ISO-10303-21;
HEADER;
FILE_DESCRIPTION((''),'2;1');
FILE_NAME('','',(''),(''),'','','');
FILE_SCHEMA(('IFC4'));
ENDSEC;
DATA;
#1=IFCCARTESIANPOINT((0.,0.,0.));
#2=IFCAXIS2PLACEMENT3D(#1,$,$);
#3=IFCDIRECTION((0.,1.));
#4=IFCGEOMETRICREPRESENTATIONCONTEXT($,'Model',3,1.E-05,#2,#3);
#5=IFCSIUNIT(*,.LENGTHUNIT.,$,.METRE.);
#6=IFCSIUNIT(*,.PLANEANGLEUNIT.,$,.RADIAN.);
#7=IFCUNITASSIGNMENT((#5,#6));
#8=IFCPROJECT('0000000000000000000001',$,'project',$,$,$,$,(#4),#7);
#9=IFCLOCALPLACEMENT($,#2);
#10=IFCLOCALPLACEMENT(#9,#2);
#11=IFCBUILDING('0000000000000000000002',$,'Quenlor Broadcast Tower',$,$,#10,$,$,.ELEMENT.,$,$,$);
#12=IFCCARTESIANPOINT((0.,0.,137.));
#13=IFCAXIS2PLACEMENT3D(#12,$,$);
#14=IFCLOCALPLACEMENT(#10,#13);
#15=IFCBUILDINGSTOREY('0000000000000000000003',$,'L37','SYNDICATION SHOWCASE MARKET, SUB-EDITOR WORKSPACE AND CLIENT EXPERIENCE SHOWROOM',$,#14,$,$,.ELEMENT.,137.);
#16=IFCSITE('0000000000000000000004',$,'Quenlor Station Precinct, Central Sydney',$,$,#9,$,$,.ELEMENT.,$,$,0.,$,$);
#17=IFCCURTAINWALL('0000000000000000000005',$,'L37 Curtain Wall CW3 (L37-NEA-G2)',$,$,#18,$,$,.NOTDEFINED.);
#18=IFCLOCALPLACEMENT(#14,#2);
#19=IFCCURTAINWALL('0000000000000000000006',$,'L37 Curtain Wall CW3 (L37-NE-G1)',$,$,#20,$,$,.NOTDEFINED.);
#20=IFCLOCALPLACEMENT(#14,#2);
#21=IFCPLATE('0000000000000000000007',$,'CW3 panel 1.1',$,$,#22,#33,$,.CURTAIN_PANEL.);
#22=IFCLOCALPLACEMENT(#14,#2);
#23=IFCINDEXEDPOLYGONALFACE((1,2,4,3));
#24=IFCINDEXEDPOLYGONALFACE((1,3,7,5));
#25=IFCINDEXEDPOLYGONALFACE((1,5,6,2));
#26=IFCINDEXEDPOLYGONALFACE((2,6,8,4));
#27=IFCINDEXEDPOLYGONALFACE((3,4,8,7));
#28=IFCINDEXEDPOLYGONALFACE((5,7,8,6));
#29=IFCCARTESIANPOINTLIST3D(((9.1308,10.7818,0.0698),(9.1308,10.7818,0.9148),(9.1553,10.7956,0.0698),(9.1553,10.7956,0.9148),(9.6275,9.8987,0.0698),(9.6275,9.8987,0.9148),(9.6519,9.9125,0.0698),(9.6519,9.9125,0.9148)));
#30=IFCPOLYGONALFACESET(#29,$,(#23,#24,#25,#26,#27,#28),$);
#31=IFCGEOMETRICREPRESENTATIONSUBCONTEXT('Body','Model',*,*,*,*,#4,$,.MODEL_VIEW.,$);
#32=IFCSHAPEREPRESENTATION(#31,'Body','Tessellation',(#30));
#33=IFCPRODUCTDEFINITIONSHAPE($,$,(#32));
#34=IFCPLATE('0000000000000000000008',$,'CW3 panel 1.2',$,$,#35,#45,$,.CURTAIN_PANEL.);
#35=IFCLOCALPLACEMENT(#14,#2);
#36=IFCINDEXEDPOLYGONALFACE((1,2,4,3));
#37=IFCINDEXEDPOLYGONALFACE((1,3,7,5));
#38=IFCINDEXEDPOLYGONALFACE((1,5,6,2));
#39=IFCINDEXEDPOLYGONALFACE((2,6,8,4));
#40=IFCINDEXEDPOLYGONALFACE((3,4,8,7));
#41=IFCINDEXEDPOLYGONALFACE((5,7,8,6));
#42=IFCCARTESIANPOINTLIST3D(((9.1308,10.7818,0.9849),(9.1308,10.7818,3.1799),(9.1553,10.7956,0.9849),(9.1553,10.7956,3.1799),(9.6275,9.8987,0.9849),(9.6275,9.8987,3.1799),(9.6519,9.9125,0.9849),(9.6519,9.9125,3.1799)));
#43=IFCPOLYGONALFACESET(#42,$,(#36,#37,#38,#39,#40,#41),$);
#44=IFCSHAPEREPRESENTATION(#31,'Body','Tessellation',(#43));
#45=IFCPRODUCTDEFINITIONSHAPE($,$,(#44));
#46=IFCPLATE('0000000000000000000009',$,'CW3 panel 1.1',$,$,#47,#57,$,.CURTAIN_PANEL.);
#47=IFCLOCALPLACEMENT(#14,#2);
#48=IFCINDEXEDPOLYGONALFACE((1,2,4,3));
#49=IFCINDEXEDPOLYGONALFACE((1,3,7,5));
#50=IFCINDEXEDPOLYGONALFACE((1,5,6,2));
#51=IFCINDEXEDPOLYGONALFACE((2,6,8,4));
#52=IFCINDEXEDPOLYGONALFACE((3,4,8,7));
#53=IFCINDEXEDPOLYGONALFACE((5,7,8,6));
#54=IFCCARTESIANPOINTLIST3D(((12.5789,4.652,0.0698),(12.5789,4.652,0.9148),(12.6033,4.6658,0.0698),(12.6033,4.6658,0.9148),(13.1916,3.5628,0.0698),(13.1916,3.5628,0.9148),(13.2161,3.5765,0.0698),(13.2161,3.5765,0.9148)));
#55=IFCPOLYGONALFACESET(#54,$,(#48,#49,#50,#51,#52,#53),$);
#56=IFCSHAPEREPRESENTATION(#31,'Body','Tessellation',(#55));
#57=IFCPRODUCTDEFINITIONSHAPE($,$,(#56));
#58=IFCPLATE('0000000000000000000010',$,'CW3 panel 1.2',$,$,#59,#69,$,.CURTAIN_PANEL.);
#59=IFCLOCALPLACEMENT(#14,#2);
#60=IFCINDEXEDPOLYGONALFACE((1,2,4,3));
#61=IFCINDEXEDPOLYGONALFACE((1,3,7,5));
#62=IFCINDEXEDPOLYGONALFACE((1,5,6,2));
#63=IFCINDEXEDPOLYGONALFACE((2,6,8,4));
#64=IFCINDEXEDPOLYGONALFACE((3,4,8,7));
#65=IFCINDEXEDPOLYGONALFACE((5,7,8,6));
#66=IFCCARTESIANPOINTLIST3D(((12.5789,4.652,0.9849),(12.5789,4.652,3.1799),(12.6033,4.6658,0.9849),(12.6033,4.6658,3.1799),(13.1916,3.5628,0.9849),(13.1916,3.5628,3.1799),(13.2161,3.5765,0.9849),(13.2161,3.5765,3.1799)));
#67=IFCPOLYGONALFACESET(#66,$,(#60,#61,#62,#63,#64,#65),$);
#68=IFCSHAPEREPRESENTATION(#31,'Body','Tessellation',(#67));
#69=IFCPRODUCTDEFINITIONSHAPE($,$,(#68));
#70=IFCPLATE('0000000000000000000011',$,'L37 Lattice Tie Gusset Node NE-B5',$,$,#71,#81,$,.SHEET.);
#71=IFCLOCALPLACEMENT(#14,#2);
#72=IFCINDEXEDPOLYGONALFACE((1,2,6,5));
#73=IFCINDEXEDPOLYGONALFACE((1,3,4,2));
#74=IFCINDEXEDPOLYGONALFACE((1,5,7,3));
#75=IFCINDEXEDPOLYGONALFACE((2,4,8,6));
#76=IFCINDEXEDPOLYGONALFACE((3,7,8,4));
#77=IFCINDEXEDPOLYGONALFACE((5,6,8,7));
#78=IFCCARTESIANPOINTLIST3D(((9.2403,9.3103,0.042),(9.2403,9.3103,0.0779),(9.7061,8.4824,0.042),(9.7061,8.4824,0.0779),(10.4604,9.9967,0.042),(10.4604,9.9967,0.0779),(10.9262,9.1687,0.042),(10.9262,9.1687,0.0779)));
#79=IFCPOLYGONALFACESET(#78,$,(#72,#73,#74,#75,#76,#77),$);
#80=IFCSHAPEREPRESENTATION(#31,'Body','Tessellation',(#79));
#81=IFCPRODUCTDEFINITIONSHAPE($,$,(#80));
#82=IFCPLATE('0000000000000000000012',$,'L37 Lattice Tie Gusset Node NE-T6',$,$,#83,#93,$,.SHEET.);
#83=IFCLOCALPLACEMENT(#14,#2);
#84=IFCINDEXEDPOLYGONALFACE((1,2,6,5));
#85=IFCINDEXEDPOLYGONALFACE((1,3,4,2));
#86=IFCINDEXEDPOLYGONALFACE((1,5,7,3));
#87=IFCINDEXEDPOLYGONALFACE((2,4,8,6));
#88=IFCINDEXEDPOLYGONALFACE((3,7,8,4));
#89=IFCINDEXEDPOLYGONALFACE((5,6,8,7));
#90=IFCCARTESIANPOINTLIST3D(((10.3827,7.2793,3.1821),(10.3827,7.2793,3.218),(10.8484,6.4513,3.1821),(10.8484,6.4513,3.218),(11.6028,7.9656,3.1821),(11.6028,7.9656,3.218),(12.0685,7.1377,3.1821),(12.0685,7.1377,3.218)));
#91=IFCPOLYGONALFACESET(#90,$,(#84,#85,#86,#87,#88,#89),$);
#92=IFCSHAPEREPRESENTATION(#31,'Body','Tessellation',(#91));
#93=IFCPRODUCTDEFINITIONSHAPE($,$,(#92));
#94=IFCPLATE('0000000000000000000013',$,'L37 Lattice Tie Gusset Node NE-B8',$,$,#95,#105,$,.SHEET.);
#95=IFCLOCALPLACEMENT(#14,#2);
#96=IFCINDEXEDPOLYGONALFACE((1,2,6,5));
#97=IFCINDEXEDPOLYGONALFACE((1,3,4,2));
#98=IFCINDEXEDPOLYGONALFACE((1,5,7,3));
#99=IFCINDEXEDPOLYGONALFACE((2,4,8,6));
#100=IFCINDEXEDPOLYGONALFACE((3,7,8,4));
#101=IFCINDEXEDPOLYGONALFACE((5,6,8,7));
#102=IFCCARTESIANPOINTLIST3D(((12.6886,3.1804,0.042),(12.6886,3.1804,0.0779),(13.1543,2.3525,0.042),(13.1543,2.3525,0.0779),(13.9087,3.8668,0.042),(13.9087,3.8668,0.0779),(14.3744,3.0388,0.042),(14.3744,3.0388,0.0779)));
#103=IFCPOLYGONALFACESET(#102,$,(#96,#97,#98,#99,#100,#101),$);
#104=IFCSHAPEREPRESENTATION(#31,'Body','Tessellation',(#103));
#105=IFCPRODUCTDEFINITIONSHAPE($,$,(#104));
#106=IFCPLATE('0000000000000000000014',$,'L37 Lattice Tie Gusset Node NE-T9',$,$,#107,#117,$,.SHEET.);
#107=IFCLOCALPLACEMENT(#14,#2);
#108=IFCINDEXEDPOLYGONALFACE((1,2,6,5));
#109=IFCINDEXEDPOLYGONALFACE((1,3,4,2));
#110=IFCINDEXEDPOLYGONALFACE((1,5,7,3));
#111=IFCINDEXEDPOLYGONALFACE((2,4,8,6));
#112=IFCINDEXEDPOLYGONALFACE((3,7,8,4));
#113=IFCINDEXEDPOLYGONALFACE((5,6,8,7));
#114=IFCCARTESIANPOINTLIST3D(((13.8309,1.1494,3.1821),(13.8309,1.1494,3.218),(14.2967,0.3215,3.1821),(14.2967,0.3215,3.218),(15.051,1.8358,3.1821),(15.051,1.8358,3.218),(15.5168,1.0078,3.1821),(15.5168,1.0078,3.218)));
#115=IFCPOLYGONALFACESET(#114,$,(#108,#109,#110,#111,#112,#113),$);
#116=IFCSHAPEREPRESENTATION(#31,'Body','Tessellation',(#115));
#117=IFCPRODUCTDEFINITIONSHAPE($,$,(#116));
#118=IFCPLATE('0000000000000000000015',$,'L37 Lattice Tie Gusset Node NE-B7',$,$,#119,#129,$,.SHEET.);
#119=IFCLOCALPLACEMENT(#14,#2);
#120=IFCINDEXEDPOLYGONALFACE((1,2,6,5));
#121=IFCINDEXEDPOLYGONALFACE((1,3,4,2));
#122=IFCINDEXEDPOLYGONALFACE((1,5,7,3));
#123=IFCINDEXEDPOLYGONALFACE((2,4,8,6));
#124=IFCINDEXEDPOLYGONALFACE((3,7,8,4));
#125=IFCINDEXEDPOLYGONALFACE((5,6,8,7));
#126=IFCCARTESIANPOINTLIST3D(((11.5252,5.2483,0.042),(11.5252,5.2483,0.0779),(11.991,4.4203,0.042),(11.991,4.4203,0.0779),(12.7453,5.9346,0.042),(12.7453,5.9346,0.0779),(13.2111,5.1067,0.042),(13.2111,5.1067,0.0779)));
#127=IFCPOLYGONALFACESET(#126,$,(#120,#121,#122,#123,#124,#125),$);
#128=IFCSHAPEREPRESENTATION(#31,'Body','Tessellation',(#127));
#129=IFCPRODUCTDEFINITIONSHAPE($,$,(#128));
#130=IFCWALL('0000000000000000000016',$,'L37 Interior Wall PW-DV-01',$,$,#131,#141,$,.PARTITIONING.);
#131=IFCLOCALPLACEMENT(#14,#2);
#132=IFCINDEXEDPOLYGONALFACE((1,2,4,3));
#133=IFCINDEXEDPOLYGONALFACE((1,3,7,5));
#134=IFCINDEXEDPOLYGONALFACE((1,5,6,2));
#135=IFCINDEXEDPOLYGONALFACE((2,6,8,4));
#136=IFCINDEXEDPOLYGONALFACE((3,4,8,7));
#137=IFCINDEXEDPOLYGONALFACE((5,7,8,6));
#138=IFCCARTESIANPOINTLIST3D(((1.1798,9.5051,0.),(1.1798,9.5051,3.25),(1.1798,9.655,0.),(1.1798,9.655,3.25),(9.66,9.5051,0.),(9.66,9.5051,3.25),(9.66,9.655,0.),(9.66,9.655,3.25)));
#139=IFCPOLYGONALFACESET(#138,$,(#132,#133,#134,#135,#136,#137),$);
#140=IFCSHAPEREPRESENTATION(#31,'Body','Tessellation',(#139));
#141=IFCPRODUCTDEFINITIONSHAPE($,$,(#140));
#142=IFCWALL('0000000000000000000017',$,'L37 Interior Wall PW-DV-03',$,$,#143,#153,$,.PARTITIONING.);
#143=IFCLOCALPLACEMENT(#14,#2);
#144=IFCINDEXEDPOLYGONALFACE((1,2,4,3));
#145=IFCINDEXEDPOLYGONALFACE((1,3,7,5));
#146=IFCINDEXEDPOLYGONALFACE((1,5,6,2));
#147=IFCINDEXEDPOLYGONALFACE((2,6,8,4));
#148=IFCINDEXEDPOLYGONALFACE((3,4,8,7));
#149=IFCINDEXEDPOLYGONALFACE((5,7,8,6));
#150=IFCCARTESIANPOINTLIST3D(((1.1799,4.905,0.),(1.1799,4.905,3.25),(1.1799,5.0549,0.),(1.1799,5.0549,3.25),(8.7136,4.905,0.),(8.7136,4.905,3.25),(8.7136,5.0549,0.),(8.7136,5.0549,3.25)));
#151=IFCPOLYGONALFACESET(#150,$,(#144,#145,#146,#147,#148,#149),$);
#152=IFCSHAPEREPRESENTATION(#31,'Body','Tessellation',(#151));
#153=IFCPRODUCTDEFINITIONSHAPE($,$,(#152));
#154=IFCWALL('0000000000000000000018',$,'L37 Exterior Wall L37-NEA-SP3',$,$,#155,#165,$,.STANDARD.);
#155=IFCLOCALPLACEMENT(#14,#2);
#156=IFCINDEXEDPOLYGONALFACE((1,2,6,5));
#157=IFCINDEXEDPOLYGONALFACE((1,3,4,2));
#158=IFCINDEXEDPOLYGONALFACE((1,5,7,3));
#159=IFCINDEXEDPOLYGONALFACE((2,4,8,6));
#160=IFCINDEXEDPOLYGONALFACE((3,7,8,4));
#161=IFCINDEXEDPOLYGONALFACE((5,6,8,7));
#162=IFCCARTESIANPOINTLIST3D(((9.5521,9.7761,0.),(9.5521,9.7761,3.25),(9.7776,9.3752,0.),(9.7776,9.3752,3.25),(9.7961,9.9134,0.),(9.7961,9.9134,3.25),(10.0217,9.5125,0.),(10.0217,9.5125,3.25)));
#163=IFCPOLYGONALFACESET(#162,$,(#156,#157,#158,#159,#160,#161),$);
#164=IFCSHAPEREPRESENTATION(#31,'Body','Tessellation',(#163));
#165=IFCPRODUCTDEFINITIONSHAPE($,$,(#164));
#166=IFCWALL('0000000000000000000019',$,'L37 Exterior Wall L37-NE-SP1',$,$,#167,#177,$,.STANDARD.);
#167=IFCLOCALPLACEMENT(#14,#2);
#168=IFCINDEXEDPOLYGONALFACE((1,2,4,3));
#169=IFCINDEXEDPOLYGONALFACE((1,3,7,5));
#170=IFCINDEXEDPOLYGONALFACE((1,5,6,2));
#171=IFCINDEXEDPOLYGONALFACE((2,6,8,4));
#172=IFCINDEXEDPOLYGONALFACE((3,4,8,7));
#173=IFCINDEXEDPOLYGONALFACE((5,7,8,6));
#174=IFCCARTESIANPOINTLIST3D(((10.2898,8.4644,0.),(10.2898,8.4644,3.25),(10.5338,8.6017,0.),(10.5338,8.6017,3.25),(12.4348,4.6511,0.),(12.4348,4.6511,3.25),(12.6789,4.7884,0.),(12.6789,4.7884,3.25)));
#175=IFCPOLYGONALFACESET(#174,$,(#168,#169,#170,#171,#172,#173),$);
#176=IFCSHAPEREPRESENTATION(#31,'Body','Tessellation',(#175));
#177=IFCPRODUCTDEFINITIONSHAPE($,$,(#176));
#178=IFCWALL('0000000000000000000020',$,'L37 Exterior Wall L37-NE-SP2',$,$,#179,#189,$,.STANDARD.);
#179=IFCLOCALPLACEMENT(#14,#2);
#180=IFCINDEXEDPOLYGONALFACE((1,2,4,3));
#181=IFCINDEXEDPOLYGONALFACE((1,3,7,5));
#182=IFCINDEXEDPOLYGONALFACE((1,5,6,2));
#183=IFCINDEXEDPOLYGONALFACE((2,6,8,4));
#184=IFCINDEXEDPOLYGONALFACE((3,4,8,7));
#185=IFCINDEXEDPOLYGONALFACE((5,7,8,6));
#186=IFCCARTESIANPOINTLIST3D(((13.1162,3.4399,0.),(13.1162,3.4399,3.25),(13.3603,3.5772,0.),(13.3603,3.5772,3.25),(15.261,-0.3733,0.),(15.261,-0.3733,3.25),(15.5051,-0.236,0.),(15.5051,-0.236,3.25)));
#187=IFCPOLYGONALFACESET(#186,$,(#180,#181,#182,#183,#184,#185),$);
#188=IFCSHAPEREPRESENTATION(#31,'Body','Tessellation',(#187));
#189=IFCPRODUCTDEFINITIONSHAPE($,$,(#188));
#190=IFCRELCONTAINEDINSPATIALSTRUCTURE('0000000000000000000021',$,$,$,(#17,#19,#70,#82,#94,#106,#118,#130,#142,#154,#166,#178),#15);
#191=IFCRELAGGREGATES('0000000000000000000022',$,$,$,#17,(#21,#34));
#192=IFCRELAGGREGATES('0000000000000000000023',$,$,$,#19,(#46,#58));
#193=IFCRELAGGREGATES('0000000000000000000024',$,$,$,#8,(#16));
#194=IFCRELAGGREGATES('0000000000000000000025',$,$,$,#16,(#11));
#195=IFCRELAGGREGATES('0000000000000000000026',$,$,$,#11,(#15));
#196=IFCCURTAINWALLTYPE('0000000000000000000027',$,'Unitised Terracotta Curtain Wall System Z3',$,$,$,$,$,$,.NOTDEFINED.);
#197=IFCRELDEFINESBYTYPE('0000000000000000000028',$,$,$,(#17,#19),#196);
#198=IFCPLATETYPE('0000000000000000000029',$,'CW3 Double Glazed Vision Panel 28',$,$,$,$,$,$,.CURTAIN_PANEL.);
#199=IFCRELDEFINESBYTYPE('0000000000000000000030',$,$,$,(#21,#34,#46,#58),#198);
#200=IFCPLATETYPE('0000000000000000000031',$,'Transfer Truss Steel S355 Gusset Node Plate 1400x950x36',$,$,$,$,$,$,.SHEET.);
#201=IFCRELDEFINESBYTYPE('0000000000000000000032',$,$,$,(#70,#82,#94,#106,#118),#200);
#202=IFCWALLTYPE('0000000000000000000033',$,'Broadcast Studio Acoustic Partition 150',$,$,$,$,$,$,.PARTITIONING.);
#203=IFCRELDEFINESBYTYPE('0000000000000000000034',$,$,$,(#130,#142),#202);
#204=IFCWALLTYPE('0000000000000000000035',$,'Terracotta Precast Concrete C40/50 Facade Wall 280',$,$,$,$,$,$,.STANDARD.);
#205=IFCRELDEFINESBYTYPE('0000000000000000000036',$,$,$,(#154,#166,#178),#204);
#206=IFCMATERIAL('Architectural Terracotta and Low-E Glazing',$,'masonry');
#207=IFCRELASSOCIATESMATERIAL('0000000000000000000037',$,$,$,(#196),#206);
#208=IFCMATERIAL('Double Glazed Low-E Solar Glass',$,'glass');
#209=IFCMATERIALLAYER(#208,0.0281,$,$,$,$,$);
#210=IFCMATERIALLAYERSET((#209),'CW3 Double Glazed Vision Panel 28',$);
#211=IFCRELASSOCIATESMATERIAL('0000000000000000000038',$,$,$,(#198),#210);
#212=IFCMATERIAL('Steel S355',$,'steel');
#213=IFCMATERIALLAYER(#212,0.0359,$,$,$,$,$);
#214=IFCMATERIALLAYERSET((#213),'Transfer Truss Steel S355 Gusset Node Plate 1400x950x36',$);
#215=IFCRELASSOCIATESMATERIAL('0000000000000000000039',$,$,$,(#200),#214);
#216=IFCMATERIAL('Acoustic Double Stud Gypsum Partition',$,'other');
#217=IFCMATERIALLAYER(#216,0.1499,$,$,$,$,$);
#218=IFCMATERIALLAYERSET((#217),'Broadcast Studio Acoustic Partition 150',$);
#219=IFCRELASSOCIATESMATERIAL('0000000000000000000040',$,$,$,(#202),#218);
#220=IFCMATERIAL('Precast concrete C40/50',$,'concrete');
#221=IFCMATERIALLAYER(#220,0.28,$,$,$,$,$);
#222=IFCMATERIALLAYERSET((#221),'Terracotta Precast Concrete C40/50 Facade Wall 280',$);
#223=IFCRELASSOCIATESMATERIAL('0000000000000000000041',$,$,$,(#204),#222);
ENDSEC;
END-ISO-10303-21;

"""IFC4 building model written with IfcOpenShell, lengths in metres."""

from ifc_helpers import new_model, si_unit, direction, frame, frame_2d, origin, origin_2d, place, context, subcontext, project, spatial, rectangle, extrude, material, layer, layer_set, type_object, element, aggregate, save


model = new_model("IFC4")

# Units and contexts
model_context = context("Model", 3, precision=1e-05, world=origin(), true_north=direction((0.0, 1.0)))
body_context = subcontext(model_context, "Body", "Model", "MODEL_VIEW")
ifc_project = project(units=[si_unit("LENGTHUNIT", "METRE"), si_unit("PLANEANGLEUNIT", "RADIAN")], contexts=[model_context])

# Site, building, storey
site_placement = place(None, origin())
site = spatial("IfcSite", under=ifc_project, at=site_placement, Name="Quenlor Station Precinct, Central Sydney", CompositionType="ELEMENT", RefElevation=0.0)
building_placement = place(site_placement, origin())
building = spatial("IfcBuilding", under=site, at=building_placement, Name="Quenlor Broadcast Tower", CompositionType="ELEMENT")
storey_placement = place(building_placement, frame((0.0, 0.0, 137.0)))
storey = spatial("IfcBuildingStorey", under=building, at=storey_placement, Name="L37", Description="SYNDICATION SHOWCASE MARKET, SUB-EDITOR WORKSPACE AND CLIENT EXPERIENCE SHOWROOM", CompositionType="ELEMENT", Elevation=137.0)

# Curtain wall
ifc_material_1 = material(Name="Architectural Terracotta and Low-E Glazing", Category="masonry")
curtain_wall_type = type_object("IfcCurtainWallType", Name="Unitised Terracotta Curtain Wall System Z3", PredefinedType="NOTDEFINED", material=ifc_material_1)
curtain_wall_1_placement = place(storey_placement, origin())
curtain_wall_1 = element("IfcCurtainWall", 1, at=curtain_wall_1_placement, inside=storey, type_object=curtain_wall_type, Name="L37 Curtain Wall CW3 (L37-NEA-G2)", PredefinedType="NOTDEFINED")

# Curtain wall
curtain_wall_2_placement = place(storey_placement, origin())
curtain_wall_2 = element("IfcCurtainWall", 2, at=curtain_wall_2_placement, inside=storey, type_object=curtain_wall_type, Name="L37 Curtain Wall CW3 (L37-NE-G1)", PredefinedType="NOTDEFINED")

# Plates
ifc_material_2 = material(Name="Double Glazed Low-E Solar Glass", Category="glass")
ifc_layer_1 = layer(ifc_material_2, 0.0281)
ifc_layer_set_1 = layer_set([ifc_layer_1], Name="CW3 Double Glazed Vision Panel 28")
plate_type_1 = type_object("IfcPlateType", Name="CW3 Double Glazed Vision Panel 28", PredefinedType="CURTAIN_PANEL", material=ifc_layer_set_1)
plate_1_placement = place(storey_placement, frame((9.3914, 10.3472, 0.0698), z_axis=(0.0, 0.0, 1.0), x_axis=(0.490216, -0.871601, 0.0)))
plate_1 = element("IfcPlate", 3, at=plate_1_placement, type_object=plate_type_1, Name="CW3 panel 1.1", PredefinedType="CURTAIN_PANEL", context=body_context, shape_type="SweptSolid", body=[
    extrude(rectangle(XDim=1.0132, YDim=0.0281, at=origin_2d()), origin(), (0.0, 0.0, 1.0), 0.845),
])
plate_2_placement = place(storey_placement, frame((9.3914, 10.3472, 0.9849), z_axis=(0.0, 0.0, 1.0), x_axis=(0.490216, -0.871601, 0.0)))
plate_2 = element("IfcPlate", 4, at=plate_2_placement, type_object=plate_type_1, Name="CW3 panel 1.2", PredefinedType="CURTAIN_PANEL", context=body_context, shape_type="SweptSolid", body=[
    extrude(rectangle(XDim=1.0132, YDim=0.0281, at=origin_2d()), origin(), (0.0, 0.0, 1.0), 2.1951),
])
aggregate(curtain_wall_1, [plate_1, plate_2])
plate_3_placement = place(storey_placement, frame((12.8975, 4.1143, 0.0698), z_axis=(0.0, 0.0, 1.0), x_axis=(0.490285, -0.871562, 0.0)))
plate_3 = element("IfcPlate", 5, at=plate_3_placement, type_object=plate_type_1, Name="CW3 panel 1.1", PredefinedType="CURTAIN_PANEL", context=body_context, shape_type="SweptSolid", body=[
    extrude(rectangle(XDim=1.2498, YDim=0.0281, at=origin_2d()), origin(), (0.0, 0.0, 1.0), 0.845),
])
plate_4_placement = place(storey_placement, frame((12.8975, 4.1143, 0.9849), z_axis=(0.0, 0.0, 1.0), x_axis=(0.490285, -0.871562, 0.0)))
plate_4 = element("IfcPlate", 6, at=plate_4_placement, type_object=plate_type_1, Name="CW3 panel 1.2", PredefinedType="CURTAIN_PANEL", context=body_context, shape_type="SweptSolid", body=[
    extrude(rectangle(XDim=1.2498, YDim=0.0281, at=origin_2d()), origin(), (0.0, 0.0, 1.0), 2.1951),
])
aggregate(curtain_wall_2, [plate_3, plate_4])

# Plates
ifc_material_3 = material(Name="Steel S355", Category="steel")
ifc_layer_2 = layer(ifc_material_3, 0.0359)
ifc_layer_set_2 = layer_set([ifc_layer_2], Name="Transfer Truss Steel S355 Gusset Node Plate 1400x950x36")
plate_type_2 = type_object("IfcPlateType", Name="Transfer Truss Steel S355 Gusset Node Plate 1400x950x36", PredefinedType="SHEET", material=ifc_layer_set_2)
for number, where, z_axis, x_axis, name in (
    (7, (10.0833, 9.2395, 0.042), (0.0, 0.0, 1.0), (0.871556, 0.490295, 0.0), "L37 Lattice Tie Gusset Node NE-B5"),
    (8, (11.2256, 7.2085, 3.1821), (0.0, 0.0, 1.0), (0.871556, 0.490295, 0.0), "L37 Lattice Tie Gusset Node NE-T6"),
    (9, (13.5315, 3.1096, 0.042), (0.0, 0.0, 1.0), (0.871556, 0.490295, 0.0), "L37 Lattice Tie Gusset Node NE-B8"),
    (10, (14.6738, 1.0786, 3.1821), (0.0, 0.0, 1.0), (0.871556, 0.490295, 0.0), "L37 Lattice Tie Gusset Node NE-T9"),
    (11, (12.3682, 5.1775, 0.042), (0.0, 0.0, 1.0), (0.871556, 0.490295, 0.0), "L37 Lattice Tie Gusset Node NE-B7"),
):
    element("IfcPlate", number, at=place(storey_placement, frame(where, z_axis=z_axis, x_axis=x_axis)), inside=storey, type_object=plate_type_2, Name=name, PredefinedType="SHEET", context=body_context, shape_type="SweptSolid", body=[
        extrude(rectangle(XDim=1.3999, YDim=0.95, at=origin_2d()), origin(), (0.0, 0.0, 1.0), 0.0359),
    ])

# Walls
ifc_material_4 = material(Name="Acoustic Double Stud Gypsum Partition", Category="other")
ifc_layer_3 = layer(ifc_material_4, 0.1499)
ifc_layer_set_3 = layer_set([ifc_layer_3], Name="Broadcast Studio Acoustic Partition 150")
wall_type_1 = type_object("IfcWallType", Name="Broadcast Studio Acoustic Partition 150", PredefinedType="PARTITIONING", material=ifc_layer_set_3)
wall_1_placement = place(storey_placement, frame((9.6602, 9.5801, 0.0), z_axis=(0.0, 0.0, 1.0), x_axis=(-1.0, 0.0, 0.0)))
element("IfcWall", 12, at=wall_1_placement, inside=storey, type_object=wall_type_1, Name="L37 Interior Wall PW-DV-01", PredefinedType="PARTITIONING", context=body_context, shape_type="SweptSolid", body=[
    extrude(rectangle(XDim=8.4802, YDim=0.1499, at=frame_2d((4.2402, 0.0))), origin(), (0.0, 0.0, 1.0), 3.25),
])
wall_2_placement = place(storey_placement, frame((8.7136, 4.98, 0.0), z_axis=(0.0, 0.0, 1.0), x_axis=(-1.0, 0.0, 0.0)))
element("IfcWall", 13, at=wall_2_placement, inside=storey, type_object=wall_type_1, Name="L37 Interior Wall PW-DV-03", PredefinedType="PARTITIONING", context=body_context, shape_type="SweptSolid", body=[
    extrude(rectangle(XDim=7.5337, YDim=0.1499, at=frame_2d((3.7668, 0.0))), origin(), (0.0, 0.0, 1.0), 3.25),
])
ifc_material_5 = material(Name="Precast concrete C40/50", Category="concrete")
ifc_layer_4 = layer(ifc_material_5, 0.28)
ifc_layer_set_4 = layer_set([ifc_layer_4], Name="Terracotta Precast Concrete C40/50 Facade Wall 280")
wall_type_2 = type_object("IfcWallType", Name="Terracotta Precast Concrete C40/50 Facade Wall 280", PredefinedType="STANDARD", material=ifc_layer_set_4)
wall_3_placement = place(storey_placement, frame((9.6741, 9.8447, 0.0), z_axis=(0.0, 0.0, 1.0), x_axis=(0.490412, -0.87149, 0.0)))
element("IfcWall", 14, at=wall_3_placement, inside=storey, type_object=wall_type_2, Name="L37 Exterior Wall L37-NEA-SP3", PredefinedType="STANDARD", context=body_context, shape_type="SweptSolid", body=[
    extrude(rectangle(XDim=0.46, YDim=0.28, at=frame_2d((0.23, 0.0))), origin(), (0.0, 0.0, 1.0), 3.25),
])
wall_4_placement = place(storey_placement, frame((10.4119, 8.533, 0.0), z_axis=(0.0, 0.0, 1.0), x_axis=(0.490274, -0.871568, 0.0)))
element("IfcWall", 15, at=wall_4_placement, inside=storey, type_object=wall_type_2, Name="L37 Exterior Wall L37-NE-SP1", PredefinedType="STANDARD", context=body_context, shape_type="SweptSolid", body=[
    extrude(rectangle(XDim=4.3752, YDim=0.28, at=frame_2d((2.1875, 0.0))), origin(), (0.0, 0.0, 1.0), 3.25),
])
wall_5_placement = place(storey_placement, frame((13.2383, 3.5085, 0.0), z_axis=(0.0, 0.0, 1.0), x_axis=(0.490232, -0.871592, 0.0)))
element("IfcWall", 16, at=wall_5_placement, inside=storey, type_object=wall_type_2, Name="L37 Exterior Wall L37-NE-SP2", PredefinedType="STANDARD", context=body_context, shape_type="SweptSolid", body=[
    extrude(rectangle(XDim=4.375, YDim=0.28, at=frame_2d((2.1875, 0.0))), origin(), (0.0, 0.0, 1.0), 3.25),
])

save(model, "model.ifc")
